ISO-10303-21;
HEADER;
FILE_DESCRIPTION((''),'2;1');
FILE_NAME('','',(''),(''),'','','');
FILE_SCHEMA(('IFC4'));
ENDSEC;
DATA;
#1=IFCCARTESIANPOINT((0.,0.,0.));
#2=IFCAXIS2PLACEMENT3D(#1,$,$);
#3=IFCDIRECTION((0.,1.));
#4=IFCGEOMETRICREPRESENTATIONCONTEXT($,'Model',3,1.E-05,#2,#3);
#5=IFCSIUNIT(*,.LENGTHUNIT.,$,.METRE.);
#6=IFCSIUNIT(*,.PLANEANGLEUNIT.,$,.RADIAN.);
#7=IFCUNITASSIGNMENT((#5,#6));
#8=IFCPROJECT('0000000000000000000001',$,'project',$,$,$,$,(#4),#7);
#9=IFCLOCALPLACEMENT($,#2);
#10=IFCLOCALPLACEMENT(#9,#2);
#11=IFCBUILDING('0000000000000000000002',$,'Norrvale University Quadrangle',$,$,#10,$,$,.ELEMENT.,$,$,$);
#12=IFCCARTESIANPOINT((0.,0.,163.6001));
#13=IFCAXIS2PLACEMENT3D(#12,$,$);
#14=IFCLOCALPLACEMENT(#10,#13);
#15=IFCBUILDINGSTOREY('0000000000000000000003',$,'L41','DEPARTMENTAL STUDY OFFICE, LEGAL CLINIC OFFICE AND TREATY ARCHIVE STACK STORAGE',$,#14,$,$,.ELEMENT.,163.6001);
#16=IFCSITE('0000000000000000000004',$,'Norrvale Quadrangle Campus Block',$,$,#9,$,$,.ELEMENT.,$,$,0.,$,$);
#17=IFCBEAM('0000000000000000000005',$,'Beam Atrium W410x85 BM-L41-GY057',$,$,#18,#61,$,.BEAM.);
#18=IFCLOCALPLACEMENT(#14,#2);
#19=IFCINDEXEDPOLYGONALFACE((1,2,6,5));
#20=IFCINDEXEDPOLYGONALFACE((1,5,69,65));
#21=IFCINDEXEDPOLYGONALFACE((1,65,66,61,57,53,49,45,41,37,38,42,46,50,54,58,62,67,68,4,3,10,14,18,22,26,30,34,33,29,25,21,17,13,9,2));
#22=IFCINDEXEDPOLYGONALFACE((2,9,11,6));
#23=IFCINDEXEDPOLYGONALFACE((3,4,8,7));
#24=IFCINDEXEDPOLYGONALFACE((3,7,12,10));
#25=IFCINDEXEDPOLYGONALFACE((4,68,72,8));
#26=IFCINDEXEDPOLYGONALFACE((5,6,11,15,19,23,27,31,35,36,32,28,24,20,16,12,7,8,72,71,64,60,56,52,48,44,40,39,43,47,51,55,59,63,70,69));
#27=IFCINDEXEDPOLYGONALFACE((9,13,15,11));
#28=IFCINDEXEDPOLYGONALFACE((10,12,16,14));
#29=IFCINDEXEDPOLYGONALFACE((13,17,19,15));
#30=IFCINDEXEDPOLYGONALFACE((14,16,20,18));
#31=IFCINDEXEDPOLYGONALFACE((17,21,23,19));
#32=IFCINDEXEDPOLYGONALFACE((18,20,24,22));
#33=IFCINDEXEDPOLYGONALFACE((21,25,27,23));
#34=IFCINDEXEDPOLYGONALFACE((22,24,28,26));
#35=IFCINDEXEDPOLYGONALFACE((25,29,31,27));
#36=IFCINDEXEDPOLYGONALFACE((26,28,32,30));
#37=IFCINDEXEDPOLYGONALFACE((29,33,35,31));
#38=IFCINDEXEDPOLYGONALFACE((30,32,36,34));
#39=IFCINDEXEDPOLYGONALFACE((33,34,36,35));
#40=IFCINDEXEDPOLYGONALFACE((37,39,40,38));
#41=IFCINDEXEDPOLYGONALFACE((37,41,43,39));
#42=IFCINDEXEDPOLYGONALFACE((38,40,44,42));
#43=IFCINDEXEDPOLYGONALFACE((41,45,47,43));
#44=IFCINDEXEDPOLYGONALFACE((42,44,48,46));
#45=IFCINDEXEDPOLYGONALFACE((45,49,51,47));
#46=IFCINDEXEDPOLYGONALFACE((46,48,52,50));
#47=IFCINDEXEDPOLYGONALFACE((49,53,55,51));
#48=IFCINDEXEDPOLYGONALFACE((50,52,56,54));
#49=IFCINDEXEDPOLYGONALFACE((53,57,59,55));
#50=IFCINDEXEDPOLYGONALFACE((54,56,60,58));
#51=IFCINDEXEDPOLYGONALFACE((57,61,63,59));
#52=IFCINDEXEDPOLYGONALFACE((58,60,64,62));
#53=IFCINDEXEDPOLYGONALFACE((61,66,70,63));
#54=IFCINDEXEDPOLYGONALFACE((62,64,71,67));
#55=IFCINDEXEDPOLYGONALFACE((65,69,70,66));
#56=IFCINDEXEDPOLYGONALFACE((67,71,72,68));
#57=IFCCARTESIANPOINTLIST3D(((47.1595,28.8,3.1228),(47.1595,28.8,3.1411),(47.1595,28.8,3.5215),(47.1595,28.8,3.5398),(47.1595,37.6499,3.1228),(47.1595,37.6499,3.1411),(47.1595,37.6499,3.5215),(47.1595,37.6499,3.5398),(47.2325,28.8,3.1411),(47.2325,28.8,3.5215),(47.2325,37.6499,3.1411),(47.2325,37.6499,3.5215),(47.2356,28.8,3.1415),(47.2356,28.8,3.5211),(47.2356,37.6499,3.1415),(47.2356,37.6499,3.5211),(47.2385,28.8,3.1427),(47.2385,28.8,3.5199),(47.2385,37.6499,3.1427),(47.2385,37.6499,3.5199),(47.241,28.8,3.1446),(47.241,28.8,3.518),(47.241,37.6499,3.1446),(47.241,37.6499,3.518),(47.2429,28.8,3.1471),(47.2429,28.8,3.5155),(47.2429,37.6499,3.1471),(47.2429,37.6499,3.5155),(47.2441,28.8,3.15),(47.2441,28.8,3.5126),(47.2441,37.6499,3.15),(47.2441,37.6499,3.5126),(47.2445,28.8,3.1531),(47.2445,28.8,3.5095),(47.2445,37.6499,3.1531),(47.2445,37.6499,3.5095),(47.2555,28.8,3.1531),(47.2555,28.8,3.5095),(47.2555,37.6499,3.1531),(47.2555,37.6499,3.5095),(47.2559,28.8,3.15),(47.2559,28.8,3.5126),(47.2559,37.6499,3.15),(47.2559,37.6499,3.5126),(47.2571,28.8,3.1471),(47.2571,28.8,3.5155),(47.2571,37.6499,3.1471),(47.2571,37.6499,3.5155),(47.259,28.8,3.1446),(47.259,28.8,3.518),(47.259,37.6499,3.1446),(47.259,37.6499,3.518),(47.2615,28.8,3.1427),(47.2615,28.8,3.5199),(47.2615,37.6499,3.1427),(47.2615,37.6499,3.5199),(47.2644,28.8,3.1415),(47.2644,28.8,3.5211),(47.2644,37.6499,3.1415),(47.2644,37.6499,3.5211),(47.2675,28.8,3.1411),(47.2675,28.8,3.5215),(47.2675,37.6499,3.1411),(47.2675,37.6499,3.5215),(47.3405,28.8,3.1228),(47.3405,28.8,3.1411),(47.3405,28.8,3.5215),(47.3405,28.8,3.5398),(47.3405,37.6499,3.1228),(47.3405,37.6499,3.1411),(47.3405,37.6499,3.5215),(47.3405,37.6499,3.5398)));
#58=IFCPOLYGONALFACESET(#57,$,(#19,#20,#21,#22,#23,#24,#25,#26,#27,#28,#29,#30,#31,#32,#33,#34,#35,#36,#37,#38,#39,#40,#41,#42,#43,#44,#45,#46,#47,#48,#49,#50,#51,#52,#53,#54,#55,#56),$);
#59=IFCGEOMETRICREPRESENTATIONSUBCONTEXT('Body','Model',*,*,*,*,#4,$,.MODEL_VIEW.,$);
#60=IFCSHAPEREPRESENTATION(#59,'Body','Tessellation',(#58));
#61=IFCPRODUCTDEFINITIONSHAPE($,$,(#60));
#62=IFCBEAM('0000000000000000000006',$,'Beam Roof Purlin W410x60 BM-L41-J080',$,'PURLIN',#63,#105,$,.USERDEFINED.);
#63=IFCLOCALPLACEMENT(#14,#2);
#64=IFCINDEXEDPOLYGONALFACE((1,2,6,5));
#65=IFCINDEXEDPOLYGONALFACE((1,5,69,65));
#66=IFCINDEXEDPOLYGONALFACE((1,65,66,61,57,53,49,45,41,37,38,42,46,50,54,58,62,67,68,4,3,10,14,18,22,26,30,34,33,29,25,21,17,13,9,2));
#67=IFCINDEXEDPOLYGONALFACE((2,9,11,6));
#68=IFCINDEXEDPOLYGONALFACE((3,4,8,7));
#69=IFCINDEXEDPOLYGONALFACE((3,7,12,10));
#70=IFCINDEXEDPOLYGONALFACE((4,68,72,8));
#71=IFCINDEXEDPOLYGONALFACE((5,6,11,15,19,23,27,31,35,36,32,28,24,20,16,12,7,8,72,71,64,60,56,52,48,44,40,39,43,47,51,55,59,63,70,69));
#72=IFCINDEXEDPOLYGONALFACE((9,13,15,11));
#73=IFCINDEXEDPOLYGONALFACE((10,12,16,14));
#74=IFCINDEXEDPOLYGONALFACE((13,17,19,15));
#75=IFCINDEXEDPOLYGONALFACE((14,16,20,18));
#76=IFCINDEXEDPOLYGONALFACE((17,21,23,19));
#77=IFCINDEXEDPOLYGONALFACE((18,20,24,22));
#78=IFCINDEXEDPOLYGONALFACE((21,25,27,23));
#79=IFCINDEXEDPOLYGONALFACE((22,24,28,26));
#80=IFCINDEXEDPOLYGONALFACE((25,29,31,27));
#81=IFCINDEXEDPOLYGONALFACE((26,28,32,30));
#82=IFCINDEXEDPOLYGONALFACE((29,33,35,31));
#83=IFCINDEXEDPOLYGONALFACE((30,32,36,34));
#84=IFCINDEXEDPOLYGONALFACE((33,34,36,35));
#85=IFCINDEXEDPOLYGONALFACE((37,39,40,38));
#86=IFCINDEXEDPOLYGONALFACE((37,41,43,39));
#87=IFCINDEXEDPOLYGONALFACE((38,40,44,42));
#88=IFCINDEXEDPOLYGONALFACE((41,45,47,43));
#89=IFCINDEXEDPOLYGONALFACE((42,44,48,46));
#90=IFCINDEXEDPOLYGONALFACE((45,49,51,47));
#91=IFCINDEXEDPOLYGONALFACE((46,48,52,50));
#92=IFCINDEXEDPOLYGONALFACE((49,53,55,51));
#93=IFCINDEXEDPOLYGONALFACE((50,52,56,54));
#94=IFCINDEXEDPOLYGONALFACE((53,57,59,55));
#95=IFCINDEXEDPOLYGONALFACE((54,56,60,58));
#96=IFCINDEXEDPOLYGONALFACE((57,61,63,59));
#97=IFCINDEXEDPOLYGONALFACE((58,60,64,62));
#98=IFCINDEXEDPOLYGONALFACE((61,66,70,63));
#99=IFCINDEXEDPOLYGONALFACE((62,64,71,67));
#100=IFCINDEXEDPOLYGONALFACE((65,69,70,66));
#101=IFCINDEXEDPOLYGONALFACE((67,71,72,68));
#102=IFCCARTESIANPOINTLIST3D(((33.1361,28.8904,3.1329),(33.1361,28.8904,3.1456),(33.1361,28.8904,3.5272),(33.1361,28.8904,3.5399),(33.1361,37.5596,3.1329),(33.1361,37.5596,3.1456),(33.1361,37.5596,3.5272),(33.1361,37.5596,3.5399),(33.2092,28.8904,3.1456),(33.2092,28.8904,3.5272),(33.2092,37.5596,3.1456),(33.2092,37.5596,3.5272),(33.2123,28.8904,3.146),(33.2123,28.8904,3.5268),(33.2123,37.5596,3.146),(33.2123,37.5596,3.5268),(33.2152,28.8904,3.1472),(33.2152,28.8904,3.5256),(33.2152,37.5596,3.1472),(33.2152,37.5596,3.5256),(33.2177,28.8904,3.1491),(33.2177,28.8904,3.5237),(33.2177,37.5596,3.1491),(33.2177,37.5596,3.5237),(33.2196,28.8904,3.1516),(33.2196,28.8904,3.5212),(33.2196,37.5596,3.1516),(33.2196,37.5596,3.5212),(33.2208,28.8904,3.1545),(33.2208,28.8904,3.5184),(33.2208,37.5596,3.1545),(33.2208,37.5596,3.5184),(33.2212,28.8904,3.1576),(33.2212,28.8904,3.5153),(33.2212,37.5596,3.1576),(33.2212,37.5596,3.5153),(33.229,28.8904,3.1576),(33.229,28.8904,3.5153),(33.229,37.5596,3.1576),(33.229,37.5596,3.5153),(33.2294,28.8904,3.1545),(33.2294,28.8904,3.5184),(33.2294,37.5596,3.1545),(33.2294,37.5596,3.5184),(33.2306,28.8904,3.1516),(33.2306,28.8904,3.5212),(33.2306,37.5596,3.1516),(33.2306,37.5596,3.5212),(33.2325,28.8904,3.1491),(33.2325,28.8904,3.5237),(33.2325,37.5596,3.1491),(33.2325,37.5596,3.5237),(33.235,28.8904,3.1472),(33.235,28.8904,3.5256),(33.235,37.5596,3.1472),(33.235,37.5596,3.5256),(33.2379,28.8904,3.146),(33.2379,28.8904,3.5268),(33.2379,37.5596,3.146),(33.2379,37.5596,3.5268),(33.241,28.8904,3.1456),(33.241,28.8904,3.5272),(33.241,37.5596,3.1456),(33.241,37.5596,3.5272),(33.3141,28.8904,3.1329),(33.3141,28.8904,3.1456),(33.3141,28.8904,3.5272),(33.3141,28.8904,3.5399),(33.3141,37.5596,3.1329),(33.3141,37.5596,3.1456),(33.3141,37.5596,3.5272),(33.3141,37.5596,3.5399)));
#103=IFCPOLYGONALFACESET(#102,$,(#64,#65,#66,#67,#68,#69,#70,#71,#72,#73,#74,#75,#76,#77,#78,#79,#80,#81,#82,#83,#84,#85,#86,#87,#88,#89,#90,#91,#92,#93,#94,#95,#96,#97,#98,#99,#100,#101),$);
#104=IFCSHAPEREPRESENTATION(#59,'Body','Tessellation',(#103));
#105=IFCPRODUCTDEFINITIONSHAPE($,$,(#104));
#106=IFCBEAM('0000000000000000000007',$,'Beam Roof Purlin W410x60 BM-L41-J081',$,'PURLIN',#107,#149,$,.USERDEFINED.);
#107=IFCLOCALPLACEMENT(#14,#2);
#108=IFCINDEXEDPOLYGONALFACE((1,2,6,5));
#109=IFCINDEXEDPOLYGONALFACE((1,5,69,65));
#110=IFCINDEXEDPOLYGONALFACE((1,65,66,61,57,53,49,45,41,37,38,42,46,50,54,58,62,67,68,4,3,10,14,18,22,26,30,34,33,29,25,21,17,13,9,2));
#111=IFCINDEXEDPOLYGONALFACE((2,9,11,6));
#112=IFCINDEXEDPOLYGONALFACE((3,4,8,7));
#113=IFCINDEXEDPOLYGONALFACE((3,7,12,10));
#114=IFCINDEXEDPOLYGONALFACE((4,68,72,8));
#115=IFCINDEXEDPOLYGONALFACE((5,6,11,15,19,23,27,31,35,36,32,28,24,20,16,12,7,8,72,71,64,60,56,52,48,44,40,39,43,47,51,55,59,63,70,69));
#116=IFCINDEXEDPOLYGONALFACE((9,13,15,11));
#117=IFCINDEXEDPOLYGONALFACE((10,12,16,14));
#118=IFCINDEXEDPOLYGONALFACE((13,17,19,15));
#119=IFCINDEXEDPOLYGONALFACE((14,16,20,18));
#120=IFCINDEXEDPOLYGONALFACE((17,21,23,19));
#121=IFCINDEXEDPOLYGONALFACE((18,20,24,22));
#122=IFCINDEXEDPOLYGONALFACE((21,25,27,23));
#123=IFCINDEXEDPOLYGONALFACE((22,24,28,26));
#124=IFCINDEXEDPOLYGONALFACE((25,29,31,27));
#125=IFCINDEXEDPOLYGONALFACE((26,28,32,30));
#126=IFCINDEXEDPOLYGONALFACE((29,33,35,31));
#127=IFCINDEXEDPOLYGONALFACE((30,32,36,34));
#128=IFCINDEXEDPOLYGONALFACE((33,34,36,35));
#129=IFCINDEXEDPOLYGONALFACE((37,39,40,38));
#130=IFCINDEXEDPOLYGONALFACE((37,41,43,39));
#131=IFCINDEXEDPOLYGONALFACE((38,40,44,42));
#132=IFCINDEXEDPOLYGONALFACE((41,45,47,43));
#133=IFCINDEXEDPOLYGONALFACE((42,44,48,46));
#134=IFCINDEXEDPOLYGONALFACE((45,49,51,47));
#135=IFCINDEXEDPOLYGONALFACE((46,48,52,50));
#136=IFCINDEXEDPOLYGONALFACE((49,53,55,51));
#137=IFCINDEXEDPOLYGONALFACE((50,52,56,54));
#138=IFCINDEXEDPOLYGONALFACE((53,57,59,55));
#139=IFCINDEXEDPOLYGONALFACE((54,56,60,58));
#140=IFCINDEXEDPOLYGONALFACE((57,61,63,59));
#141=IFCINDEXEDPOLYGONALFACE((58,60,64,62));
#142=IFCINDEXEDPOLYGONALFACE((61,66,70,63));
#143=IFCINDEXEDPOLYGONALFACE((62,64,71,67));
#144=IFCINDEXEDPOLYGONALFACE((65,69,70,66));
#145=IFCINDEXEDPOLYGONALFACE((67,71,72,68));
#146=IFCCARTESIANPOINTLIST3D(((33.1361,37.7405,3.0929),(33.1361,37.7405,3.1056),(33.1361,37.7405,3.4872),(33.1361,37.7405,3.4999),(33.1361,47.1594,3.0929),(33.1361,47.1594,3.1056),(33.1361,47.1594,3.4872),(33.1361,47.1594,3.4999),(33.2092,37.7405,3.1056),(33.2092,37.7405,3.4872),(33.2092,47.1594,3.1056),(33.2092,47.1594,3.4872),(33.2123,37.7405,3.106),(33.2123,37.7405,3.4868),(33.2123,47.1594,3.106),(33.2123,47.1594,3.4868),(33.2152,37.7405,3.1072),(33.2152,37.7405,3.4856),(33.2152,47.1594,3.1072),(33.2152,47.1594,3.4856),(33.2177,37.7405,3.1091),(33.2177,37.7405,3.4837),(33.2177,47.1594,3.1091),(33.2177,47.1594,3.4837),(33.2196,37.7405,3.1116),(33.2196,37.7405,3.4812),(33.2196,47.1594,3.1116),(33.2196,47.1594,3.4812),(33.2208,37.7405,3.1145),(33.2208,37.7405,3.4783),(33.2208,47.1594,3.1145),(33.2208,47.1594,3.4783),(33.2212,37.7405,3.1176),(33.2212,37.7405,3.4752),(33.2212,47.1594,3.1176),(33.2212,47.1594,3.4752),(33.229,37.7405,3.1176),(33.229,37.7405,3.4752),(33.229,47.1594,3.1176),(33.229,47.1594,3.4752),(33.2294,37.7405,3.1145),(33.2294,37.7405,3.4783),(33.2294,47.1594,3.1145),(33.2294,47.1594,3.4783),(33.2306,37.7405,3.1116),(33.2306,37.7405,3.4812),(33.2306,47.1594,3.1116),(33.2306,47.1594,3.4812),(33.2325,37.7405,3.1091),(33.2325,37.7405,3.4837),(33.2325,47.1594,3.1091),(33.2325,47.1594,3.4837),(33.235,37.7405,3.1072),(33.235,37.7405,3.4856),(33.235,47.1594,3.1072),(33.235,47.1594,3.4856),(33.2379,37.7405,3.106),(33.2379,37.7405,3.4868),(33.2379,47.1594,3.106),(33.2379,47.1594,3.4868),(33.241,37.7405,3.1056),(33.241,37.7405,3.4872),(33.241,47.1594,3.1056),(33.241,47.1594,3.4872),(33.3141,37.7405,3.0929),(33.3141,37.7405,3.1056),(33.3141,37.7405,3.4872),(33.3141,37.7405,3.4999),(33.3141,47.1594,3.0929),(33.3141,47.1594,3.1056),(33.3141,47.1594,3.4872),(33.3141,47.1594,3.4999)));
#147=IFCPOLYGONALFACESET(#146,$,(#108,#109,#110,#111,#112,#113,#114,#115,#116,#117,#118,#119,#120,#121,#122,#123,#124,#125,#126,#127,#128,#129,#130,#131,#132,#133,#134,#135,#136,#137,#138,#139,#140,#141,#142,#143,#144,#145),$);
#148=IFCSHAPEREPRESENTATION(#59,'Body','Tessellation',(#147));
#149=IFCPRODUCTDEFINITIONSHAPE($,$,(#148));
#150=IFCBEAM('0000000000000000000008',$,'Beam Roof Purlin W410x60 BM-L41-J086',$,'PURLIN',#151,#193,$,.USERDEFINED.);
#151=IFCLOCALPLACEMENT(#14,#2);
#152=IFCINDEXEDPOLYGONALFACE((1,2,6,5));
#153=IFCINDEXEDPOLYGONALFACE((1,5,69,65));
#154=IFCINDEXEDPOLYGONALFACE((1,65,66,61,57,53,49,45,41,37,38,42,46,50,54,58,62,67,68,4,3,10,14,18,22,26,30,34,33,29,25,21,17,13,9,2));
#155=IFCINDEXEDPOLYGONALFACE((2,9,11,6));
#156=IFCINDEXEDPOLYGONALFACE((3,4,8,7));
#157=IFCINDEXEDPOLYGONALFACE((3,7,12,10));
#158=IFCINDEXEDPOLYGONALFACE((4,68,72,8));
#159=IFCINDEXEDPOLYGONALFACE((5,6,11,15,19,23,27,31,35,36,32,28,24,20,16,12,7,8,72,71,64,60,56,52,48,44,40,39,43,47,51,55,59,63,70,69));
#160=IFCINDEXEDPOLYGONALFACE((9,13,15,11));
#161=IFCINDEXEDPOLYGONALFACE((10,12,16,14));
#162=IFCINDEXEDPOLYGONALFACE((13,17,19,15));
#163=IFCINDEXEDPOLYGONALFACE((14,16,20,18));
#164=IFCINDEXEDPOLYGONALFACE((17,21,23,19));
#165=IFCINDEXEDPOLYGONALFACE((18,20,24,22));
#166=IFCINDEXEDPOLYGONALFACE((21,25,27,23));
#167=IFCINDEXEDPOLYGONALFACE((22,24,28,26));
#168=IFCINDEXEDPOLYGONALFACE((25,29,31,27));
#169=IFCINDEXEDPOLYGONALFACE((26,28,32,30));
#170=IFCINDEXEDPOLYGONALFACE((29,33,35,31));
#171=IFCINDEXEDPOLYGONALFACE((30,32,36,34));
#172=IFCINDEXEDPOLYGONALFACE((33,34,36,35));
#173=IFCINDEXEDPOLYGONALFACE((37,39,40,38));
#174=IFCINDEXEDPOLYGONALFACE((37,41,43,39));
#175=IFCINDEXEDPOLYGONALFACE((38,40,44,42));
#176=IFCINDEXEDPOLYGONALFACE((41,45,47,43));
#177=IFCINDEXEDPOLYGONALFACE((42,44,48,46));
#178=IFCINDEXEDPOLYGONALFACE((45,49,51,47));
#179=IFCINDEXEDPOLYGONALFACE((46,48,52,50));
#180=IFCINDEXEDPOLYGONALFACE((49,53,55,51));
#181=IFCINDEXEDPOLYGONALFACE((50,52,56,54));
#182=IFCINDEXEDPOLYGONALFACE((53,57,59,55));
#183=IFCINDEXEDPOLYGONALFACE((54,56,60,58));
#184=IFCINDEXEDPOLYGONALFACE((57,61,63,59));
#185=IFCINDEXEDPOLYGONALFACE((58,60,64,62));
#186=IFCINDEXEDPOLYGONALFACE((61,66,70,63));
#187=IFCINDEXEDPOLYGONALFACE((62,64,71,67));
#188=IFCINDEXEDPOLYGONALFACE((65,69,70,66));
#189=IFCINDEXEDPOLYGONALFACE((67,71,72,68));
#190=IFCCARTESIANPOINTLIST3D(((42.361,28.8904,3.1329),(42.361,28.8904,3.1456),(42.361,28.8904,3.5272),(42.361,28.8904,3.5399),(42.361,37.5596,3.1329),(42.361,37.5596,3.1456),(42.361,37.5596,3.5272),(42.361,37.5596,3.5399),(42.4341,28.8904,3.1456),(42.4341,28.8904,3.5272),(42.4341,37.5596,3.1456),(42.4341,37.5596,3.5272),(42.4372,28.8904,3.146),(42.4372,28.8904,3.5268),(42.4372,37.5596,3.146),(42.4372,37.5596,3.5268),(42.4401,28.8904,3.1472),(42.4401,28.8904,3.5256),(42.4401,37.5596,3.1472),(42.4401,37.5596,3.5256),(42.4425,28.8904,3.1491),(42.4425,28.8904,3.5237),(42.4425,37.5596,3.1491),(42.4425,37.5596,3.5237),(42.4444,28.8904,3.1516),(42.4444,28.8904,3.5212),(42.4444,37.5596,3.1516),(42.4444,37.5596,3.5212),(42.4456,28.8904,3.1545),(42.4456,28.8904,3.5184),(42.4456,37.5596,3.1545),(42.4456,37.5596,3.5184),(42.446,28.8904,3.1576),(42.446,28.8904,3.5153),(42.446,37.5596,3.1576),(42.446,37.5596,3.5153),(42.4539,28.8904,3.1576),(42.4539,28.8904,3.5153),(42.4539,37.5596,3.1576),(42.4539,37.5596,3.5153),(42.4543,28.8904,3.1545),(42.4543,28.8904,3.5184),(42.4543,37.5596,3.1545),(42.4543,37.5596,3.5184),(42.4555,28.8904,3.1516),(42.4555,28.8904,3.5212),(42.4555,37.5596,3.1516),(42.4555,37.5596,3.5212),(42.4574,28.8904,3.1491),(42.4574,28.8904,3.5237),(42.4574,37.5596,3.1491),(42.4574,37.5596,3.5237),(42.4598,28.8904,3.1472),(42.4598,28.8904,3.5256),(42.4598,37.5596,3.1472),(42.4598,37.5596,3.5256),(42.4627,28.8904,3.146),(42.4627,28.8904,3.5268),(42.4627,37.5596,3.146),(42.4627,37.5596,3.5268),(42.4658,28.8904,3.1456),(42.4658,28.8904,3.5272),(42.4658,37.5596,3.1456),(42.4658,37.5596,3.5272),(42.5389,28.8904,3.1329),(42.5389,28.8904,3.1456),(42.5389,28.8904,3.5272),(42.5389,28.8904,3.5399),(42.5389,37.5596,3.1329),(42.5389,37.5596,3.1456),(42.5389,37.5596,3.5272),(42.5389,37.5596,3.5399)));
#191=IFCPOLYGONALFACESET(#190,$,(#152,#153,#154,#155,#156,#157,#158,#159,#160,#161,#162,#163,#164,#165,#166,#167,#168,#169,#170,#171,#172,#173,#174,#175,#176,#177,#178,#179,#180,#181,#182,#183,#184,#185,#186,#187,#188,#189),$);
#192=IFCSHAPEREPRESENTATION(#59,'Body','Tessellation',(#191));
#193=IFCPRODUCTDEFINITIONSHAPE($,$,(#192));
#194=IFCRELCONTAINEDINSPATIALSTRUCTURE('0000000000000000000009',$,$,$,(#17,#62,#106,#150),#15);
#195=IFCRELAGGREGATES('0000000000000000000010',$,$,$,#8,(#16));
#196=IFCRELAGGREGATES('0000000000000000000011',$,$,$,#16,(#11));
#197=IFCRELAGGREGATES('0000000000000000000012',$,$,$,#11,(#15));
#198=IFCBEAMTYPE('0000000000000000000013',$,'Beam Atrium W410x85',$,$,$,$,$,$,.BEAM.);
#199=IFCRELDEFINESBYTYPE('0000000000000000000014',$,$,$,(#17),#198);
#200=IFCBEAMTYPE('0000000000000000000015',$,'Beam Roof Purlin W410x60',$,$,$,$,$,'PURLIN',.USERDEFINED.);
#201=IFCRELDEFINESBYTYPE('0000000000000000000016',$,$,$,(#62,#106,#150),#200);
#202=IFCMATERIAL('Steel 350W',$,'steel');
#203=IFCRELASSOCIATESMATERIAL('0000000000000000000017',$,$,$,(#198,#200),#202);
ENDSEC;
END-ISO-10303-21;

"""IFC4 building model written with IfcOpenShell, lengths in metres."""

from ifc_helpers import new_model, si_unit, direction, frame, origin, origin_2d, place, context, subcontext, project, spatial, i_section, extrude, material, material_profile, profile_set, type_object, element, save


model = new_model("IFC4")

# Units and contexts
model_context = context("Model", 3, precision=1e-05, world=origin(), true_north=direction((0.0, 1.0)))
body_context = subcontext(model_context, "Body", "Model", "MODEL_VIEW")
ifc_project = project(units=[si_unit("LENGTHUNIT", "METRE"), si_unit("PLANEANGLEUNIT", "RADIAN")], contexts=[model_context])

# Site, building, storey
site_placement = place(None, origin())
site = spatial("IfcSite", under=ifc_project, at=site_placement, Name="Norrvale Quadrangle Campus Block", CompositionType="ELEMENT", RefElevation=0.0)
building_placement = place(site_placement, origin())
building = spatial("IfcBuilding", under=site, at=building_placement, Name="Norrvale University Quadrangle", CompositionType="ELEMENT")
storey_placement = place(building_placement, frame((0.0, 0.0, 163.6001)))
storey = spatial("IfcBuildingStorey", under=building, at=storey_placement, Name="L41", Description="DEPARTMENTAL STUDY OFFICE, LEGAL CLINIC OFFICE AND TREATY ARCHIVE STACK STORAGE", CompositionType="ELEMENT", Elevation=163.6001)

# Beams
ifc_material_1 = material(Name="Steel 350W", Category="steel")
ifc_material_profile_1 = material_profile(ifc_material_1, i_section(OverallWidth=0.1809, OverallDepth=0.417, WebThickness=0.011, FlangeThickness=0.0183, FilletRadius=0.012, at=origin_2d()), Name="Steel 350W")
ifc_profile_set_1 = profile_set([ifc_material_profile_1], Name="Steel 350W")
beam_type_1 = type_object("IfcBeamType", Name="Beam Atrium W410x85", PredefinedType="BEAM", material=ifc_profile_set_1)
beam_1_placement = place(storey_placement, frame((47.25, 28.8, 3.3313), z_axis=(0.0, 1.0, 0.0), x_axis=(-1.0, 0.0, 0.0)))
element("IfcBeam", 1, at=beam_1_placement, inside=storey, type_object=beam_type_1, Name="Beam Atrium W410x85 BM-L41-GY057", PredefinedType="BEAM", context=body_context, shape_type="SweptSolid", body=[
    extrude(i_section(OverallWidth=0.1809, OverallDepth=0.417, WebThickness=0.011, FlangeThickness=0.0183, FilletRadius=0.012, at=origin_2d()), origin(), (0.0, 0.0, 1.0), 8.8499),
])
ifc_material_profile_2 = material_profile(ifc_material_1, i_section(OverallWidth=0.178, OverallDepth=0.407, WebThickness=0.0078, FlangeThickness=0.0127, FilletRadius=0.012, at=origin_2d()), Name="Steel 350W")
ifc_profile_set_2 = profile_set([ifc_material_profile_2], Name="Steel 350W")
beam_type_2 = type_object("IfcBeamType", Name="Beam Roof Purlin W410x60", ElementType="PURLIN", PredefinedType="USERDEFINED", material=ifc_profile_set_2)
beam_2_placement = place(storey_placement, frame((33.2251, 28.8904, 3.3364), z_axis=(0.0, 1.0, 0.0), x_axis=(-1.0, 0.0, 0.0)))
element("IfcBeam", 2, at=beam_2_placement, inside=storey, type_object=beam_type_2, Name="Beam Roof Purlin W410x60 BM-L41-J080", ObjectType="PURLIN", PredefinedType="USERDEFINED", context=body_context, shape_type="SweptSolid", body=[
    extrude(i_section(OverallWidth=0.178, OverallDepth=0.407, WebThickness=0.0078, FlangeThickness=0.0127, FilletRadius=0.012, at=origin_2d()), origin(), (0.0, 0.0, 1.0), 8.6692),
])
beam_3_placement = place(storey_placement, frame((33.2251, 37.7405, 3.2964), z_axis=(0.0, 1.0, 0.0), x_axis=(-1.0, 0.0, 0.0)))
element("IfcBeam", 3, at=beam_3_placement, inside=storey, type_object=beam_type_2, Name="Beam Roof Purlin W410x60 BM-L41-J081", ObjectType="PURLIN", PredefinedType="USERDEFINED", context=body_context, shape_type="SweptSolid", body=[
    extrude(i_section(OverallWidth=0.178, OverallDepth=0.407, WebThickness=0.0078, FlangeThickness=0.0127, FilletRadius=0.012, at=origin_2d()), origin(), (0.0, 0.0, 1.0), 9.4189),
])
beam_4_placement = place(storey_placement, frame((42.45, 28.8904, 3.3364), z_axis=(0.0, 1.0, 0.0), x_axis=(-1.0, 0.0, 0.0)))
element("IfcBeam", 4, at=beam_4_placement, inside=storey, type_object=beam_type_2, Name="Beam Roof Purlin W410x60 BM-L41-J086", ObjectType="PURLIN", PredefinedType="USERDEFINED", context=body_context, shape_type="SweptSolid", body=[
    extrude(i_section(OverallWidth=0.178, OverallDepth=0.407, WebThickness=0.0078, FlangeThickness=0.0127, FilletRadius=0.012, at=origin_2d()), origin(), (0.0, 0.0, 1.0), 8.6692),
])

save(model, "model.ifc")
